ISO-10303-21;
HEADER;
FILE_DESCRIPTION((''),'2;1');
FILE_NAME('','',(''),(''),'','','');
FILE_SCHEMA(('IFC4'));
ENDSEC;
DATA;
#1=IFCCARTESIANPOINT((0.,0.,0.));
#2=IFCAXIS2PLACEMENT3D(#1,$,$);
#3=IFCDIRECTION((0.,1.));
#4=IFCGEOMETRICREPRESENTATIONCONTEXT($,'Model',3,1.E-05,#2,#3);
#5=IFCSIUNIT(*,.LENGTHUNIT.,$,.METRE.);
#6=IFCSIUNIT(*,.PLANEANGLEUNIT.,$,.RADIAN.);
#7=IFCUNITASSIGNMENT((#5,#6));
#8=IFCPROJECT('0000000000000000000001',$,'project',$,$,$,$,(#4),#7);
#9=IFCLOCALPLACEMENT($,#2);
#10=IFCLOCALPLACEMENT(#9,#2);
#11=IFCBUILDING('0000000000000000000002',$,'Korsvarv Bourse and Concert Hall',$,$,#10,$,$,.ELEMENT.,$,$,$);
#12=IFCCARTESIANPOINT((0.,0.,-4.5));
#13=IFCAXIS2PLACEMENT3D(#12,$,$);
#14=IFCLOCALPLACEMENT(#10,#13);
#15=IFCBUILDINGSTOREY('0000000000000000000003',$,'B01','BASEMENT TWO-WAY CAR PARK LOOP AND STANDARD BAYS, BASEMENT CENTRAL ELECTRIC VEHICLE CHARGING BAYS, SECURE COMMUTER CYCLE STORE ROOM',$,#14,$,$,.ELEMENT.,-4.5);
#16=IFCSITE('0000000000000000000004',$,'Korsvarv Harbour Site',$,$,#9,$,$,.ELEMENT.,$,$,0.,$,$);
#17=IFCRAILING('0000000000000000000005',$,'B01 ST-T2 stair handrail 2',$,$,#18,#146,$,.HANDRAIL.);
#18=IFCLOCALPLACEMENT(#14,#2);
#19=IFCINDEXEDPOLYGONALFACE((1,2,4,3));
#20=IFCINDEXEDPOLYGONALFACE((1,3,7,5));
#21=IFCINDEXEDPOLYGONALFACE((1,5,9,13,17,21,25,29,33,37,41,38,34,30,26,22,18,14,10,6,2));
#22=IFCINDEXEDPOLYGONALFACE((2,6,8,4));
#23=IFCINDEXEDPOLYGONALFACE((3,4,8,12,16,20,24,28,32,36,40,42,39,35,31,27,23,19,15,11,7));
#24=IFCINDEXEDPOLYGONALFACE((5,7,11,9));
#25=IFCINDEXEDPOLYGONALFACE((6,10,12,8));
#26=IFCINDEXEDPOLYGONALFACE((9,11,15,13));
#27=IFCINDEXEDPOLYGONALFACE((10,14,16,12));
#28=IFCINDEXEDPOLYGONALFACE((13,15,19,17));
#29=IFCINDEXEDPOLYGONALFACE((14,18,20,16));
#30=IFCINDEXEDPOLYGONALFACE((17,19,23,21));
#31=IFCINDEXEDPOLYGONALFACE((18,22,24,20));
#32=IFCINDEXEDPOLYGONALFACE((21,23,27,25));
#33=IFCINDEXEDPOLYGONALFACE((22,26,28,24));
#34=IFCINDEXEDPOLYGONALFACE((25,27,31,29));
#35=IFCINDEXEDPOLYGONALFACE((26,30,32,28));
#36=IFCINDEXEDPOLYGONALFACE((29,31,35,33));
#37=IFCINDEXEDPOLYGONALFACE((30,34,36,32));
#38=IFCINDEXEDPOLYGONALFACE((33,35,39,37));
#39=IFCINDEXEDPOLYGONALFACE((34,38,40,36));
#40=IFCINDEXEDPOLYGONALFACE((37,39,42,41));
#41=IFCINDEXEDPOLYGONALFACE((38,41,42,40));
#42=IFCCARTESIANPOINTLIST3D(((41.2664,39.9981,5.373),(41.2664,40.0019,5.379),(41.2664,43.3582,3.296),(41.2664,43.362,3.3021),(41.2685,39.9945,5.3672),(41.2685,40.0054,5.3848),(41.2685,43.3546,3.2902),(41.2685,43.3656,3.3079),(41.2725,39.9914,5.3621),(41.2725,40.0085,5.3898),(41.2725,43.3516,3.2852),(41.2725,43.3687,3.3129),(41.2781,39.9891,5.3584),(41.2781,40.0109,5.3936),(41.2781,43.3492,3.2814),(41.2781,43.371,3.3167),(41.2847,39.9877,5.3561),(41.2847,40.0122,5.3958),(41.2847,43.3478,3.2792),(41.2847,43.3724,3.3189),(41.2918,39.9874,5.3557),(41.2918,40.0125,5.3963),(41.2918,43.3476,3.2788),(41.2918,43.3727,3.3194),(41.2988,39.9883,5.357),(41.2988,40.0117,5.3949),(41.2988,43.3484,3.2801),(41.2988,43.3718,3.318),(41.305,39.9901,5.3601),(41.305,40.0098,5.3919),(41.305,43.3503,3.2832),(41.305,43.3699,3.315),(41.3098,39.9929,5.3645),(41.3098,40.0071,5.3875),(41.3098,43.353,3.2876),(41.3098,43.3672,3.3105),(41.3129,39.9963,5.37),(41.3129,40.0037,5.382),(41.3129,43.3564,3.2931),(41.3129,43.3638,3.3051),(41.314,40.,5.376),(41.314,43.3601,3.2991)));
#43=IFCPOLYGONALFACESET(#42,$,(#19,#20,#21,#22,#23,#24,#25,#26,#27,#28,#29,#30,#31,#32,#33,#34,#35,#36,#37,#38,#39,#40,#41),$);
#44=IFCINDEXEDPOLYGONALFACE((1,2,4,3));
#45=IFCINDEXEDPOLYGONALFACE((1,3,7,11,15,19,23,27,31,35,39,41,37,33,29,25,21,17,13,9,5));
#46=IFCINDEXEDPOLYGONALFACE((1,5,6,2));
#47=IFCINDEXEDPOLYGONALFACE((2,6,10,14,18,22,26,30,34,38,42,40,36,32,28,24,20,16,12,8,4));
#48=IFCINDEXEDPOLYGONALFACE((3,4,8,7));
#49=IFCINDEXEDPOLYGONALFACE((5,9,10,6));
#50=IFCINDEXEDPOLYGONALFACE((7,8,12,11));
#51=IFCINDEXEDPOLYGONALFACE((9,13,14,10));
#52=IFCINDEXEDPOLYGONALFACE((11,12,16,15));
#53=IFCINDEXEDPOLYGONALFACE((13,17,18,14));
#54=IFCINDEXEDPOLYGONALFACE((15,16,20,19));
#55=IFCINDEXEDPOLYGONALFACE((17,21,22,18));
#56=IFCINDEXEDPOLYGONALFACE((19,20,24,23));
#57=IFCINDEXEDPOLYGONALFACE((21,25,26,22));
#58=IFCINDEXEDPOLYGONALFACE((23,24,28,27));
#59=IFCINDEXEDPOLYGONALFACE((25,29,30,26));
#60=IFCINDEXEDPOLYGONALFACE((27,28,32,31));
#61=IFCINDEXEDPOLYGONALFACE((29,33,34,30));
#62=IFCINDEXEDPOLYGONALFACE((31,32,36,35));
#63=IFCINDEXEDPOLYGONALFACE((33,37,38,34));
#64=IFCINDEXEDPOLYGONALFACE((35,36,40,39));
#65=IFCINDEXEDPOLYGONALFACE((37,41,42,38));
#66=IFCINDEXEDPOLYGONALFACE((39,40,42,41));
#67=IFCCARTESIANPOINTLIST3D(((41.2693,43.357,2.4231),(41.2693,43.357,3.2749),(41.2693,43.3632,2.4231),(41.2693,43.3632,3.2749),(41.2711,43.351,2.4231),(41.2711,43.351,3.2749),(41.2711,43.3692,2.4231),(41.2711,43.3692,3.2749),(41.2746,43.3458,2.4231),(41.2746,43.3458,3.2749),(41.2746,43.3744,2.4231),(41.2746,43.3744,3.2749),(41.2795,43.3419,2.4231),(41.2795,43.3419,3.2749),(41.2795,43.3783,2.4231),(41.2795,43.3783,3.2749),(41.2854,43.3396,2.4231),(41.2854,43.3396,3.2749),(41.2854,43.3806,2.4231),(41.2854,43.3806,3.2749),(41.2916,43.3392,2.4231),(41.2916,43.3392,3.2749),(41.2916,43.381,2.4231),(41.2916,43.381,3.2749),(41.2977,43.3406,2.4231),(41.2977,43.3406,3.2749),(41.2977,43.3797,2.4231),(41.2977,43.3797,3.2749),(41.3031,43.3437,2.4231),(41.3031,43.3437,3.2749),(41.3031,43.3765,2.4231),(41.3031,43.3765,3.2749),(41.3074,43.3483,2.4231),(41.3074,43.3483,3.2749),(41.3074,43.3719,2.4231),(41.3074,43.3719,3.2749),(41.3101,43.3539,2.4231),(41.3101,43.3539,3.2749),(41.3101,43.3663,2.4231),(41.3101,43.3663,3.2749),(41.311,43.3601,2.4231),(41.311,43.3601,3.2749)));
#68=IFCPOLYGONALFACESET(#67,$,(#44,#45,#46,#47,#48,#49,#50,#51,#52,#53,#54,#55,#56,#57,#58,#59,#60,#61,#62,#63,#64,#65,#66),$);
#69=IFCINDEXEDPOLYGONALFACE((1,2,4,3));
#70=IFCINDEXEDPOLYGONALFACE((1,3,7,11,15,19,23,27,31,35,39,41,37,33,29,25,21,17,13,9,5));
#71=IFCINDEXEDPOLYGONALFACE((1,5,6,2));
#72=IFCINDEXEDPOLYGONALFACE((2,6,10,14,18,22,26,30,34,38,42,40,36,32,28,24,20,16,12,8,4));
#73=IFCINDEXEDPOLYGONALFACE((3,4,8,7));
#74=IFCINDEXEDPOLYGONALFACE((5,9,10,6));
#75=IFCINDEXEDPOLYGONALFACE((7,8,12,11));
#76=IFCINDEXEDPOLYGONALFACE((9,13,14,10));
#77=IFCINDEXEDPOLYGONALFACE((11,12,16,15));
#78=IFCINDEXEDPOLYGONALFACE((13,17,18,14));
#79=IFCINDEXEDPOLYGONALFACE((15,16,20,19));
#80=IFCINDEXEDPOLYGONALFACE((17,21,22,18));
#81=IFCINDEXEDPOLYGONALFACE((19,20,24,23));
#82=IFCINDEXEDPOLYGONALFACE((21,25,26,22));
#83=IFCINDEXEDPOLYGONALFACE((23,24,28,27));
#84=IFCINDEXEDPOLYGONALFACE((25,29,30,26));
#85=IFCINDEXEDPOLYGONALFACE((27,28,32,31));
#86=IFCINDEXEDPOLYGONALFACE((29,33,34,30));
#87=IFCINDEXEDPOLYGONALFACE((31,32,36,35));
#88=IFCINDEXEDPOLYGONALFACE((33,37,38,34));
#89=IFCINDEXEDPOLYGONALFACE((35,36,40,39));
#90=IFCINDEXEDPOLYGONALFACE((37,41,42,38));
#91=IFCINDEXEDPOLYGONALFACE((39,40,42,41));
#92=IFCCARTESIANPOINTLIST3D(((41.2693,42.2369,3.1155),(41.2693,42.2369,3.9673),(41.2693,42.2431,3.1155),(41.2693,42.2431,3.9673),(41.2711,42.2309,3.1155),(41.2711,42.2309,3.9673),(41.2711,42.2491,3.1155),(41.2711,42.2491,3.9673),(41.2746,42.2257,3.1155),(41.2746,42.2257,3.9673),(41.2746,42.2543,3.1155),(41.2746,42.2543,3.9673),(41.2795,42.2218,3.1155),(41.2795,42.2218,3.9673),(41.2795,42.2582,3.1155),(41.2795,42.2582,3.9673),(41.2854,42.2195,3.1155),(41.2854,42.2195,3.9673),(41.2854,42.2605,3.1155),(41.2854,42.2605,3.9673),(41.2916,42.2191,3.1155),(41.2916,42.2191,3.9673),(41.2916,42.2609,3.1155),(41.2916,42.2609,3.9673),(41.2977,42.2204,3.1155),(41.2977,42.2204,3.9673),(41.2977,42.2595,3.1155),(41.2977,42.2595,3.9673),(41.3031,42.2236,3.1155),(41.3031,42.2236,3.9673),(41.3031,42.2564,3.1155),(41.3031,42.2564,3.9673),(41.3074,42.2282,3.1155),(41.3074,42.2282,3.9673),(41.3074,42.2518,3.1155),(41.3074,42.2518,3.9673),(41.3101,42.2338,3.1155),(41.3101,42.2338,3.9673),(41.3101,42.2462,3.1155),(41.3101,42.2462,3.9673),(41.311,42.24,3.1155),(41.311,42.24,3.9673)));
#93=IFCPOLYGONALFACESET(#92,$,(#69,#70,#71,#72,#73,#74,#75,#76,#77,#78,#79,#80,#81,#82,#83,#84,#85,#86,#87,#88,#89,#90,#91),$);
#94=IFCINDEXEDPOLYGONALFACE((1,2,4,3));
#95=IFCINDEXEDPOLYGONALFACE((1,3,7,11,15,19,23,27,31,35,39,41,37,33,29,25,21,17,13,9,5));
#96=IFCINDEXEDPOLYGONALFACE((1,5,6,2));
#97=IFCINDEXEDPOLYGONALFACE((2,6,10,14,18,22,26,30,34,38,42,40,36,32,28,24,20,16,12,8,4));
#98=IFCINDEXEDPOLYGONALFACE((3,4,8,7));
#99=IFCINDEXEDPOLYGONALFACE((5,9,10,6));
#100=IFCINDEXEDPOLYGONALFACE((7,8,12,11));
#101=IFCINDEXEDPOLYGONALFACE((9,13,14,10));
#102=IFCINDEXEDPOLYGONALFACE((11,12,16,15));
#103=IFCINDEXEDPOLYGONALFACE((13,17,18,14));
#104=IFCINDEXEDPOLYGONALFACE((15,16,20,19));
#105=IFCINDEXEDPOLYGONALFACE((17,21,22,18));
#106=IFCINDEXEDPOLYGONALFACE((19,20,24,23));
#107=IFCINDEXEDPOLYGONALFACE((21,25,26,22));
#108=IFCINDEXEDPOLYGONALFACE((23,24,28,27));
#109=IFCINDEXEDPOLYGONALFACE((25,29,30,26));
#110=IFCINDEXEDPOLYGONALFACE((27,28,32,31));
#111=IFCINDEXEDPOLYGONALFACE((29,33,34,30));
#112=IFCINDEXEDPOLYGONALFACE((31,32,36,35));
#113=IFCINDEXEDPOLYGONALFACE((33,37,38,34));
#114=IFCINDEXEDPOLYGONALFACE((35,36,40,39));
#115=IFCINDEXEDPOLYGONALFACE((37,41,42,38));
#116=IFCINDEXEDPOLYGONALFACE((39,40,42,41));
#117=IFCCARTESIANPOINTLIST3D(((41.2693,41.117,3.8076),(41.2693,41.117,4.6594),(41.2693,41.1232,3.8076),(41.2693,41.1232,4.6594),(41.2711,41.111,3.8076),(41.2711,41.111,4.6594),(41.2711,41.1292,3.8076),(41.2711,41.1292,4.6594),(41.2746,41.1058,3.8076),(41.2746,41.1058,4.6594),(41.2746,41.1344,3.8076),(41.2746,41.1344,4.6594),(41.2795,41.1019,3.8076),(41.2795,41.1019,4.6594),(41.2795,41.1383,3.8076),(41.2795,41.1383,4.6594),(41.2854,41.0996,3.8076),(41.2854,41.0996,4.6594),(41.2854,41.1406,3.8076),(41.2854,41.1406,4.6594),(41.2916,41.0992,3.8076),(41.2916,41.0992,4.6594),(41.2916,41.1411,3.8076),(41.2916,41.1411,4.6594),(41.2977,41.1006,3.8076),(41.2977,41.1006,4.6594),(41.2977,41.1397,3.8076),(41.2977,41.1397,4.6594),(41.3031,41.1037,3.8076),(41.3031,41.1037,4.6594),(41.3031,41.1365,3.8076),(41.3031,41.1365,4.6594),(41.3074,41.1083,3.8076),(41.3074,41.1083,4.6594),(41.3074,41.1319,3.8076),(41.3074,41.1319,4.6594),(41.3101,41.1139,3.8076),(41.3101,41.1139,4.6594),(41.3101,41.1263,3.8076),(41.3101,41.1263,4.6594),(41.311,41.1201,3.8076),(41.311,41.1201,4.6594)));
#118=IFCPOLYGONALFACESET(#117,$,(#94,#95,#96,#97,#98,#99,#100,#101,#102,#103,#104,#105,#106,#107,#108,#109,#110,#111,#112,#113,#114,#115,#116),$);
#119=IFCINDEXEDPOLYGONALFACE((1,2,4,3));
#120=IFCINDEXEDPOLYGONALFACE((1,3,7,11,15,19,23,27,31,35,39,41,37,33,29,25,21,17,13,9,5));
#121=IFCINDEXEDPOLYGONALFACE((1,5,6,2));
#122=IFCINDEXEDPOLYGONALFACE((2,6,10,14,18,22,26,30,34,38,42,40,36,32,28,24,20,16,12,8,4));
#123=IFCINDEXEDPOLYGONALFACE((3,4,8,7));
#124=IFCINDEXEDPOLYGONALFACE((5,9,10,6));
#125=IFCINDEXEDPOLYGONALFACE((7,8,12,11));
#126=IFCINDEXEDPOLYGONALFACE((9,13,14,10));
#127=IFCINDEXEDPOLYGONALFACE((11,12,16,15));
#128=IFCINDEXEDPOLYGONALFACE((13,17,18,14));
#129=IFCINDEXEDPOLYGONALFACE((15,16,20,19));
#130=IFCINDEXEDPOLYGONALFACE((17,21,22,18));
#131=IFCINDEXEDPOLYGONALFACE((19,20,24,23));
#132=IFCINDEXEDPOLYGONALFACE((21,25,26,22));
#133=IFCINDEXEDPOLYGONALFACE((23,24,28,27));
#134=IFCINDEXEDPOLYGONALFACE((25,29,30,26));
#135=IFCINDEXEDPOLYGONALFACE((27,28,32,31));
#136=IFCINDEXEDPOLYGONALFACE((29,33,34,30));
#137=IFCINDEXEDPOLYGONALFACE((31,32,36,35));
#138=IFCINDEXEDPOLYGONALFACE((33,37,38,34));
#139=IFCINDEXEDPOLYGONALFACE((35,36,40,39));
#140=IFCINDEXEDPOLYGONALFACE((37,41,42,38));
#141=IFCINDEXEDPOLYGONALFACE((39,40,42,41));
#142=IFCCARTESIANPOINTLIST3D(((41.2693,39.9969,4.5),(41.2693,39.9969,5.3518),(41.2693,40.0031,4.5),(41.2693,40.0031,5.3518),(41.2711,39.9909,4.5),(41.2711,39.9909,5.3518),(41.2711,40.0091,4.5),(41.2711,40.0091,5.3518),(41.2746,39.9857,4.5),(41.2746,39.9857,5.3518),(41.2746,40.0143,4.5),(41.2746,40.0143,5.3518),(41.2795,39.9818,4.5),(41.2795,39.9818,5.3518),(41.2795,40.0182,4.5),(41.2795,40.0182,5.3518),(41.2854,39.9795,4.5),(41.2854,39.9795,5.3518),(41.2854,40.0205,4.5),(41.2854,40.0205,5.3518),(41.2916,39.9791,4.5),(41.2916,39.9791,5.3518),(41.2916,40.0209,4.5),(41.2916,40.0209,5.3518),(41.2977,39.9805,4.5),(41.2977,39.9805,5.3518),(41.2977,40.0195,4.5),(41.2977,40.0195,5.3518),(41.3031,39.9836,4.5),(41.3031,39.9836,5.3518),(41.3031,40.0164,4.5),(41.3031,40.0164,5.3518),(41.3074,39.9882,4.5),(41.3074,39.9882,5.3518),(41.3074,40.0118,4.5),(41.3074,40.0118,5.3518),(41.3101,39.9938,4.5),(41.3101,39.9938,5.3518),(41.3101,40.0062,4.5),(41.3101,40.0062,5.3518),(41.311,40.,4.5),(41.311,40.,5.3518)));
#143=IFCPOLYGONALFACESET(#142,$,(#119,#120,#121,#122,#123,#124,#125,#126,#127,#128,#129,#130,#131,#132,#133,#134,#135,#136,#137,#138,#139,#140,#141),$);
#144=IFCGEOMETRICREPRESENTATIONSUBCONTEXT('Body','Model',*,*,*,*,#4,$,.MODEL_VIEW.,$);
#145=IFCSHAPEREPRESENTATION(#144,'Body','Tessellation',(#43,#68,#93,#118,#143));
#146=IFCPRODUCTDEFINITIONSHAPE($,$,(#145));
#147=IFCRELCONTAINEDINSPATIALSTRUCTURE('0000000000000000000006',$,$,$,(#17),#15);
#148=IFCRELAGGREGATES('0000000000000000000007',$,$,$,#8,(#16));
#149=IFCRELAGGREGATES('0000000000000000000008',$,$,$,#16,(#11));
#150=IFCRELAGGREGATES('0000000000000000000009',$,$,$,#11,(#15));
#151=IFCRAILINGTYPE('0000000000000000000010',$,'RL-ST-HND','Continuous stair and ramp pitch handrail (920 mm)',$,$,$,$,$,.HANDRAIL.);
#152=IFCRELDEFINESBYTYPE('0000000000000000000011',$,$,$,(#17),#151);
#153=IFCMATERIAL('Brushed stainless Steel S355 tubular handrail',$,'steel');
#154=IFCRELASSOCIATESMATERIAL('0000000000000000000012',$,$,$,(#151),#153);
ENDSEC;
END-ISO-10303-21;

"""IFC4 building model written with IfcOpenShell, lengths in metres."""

from ifc_helpers import new_model, si_unit, direction, frame, origin, origin_2d, place, context, subcontext, project, spatial, circle, extrude, material, type_object, element, save


model = new_model("IFC4")

# Units and contexts
model_context = context("Model", 3, precision=1e-05, world=origin(), true_north=direction((0.0, 1.0)))
body_context = subcontext(model_context, "Body", "Model", "MODEL_VIEW")
ifc_project = project(units=[si_unit("LENGTHUNIT", "METRE"), si_unit("PLANEANGLEUNIT", "RADIAN")], contexts=[model_context])

# Site, building, storey
site_placement = place(None, origin())
site = spatial("IfcSite", under=ifc_project, at=site_placement, Name="Korsvarv Harbour Site", CompositionType="ELEMENT", RefElevation=0.0)
building_placement = place(site_placement, origin())
building = spatial("IfcBuilding", under=site, at=building_placement, Name="Korsvarv Bourse and Concert Hall", CompositionType="ELEMENT")
storey_placement = place(building_placement, frame((0.0, 0.0, -4.5)))
storey = spatial("IfcBuildingStorey", under=building, at=storey_placement, Name="B01", Description="BASEMENT TWO-WAY CAR PARK LOOP AND STANDARD BAYS, BASEMENT CENTRAL ELECTRIC VEHICLE CHARGING BAYS, SECURE COMMUTER CYCLE STORE ROOM", CompositionType="ELEMENT", Elevation=-4.5)

# Railing
ifc_material_1 = material(Name="Brushed stainless Steel S355 tubular handrail", Category="steel")
railing_type_1 = type_object("IfcRailingType", Name="RL-ST-HND", Description="Continuous stair and ramp pitch handrail (920 mm)", PredefinedType="HANDRAIL", material=ifc_material_1)
for number, where, name in (
    (1, (41.29, 43.3601, 2.4231), "B01 ST-T2 stair handrail 2"),
):
    element("IfcRailing", number, at=place(storey_placement, frame(where)), inside=storey, type_object=railing_type_1, Name=name, PredefinedType="HANDRAIL", context=body_context, shape_type="SweptSolid", body=[
        extrude(circle(Radius=0.0239, at=origin_2d()), frame((0.0, 0.0, 0.876), z_axis=(0.0, -0.850623, 0.525776), x_axis=(1.0, 0.0, 0.0)), (0.0, 0.0, 1.0), 3.9502),
        extrude(circle(Radius=0.021, at=origin_2d()), origin(), (0.0, 0.0, 1.0), 0.8518),
        extrude(circle(Radius=0.021, at=origin_2d()), frame((0.0, -1.1201, 0.6924)), (0.0, 0.0, 1.0), 0.8518),
        extrude(circle(Radius=0.021, at=origin_2d()), frame((0.0, -2.24, 1.3845)), (0.0, 0.0, 1.0), 0.8518),
        extrude(circle(Radius=0.021, at=origin_2d()), frame((0.0, -3.3601, 2.0769)), (0.0, 0.0, 1.0), 0.8518),
    ])

save(model, "model.ifc")
